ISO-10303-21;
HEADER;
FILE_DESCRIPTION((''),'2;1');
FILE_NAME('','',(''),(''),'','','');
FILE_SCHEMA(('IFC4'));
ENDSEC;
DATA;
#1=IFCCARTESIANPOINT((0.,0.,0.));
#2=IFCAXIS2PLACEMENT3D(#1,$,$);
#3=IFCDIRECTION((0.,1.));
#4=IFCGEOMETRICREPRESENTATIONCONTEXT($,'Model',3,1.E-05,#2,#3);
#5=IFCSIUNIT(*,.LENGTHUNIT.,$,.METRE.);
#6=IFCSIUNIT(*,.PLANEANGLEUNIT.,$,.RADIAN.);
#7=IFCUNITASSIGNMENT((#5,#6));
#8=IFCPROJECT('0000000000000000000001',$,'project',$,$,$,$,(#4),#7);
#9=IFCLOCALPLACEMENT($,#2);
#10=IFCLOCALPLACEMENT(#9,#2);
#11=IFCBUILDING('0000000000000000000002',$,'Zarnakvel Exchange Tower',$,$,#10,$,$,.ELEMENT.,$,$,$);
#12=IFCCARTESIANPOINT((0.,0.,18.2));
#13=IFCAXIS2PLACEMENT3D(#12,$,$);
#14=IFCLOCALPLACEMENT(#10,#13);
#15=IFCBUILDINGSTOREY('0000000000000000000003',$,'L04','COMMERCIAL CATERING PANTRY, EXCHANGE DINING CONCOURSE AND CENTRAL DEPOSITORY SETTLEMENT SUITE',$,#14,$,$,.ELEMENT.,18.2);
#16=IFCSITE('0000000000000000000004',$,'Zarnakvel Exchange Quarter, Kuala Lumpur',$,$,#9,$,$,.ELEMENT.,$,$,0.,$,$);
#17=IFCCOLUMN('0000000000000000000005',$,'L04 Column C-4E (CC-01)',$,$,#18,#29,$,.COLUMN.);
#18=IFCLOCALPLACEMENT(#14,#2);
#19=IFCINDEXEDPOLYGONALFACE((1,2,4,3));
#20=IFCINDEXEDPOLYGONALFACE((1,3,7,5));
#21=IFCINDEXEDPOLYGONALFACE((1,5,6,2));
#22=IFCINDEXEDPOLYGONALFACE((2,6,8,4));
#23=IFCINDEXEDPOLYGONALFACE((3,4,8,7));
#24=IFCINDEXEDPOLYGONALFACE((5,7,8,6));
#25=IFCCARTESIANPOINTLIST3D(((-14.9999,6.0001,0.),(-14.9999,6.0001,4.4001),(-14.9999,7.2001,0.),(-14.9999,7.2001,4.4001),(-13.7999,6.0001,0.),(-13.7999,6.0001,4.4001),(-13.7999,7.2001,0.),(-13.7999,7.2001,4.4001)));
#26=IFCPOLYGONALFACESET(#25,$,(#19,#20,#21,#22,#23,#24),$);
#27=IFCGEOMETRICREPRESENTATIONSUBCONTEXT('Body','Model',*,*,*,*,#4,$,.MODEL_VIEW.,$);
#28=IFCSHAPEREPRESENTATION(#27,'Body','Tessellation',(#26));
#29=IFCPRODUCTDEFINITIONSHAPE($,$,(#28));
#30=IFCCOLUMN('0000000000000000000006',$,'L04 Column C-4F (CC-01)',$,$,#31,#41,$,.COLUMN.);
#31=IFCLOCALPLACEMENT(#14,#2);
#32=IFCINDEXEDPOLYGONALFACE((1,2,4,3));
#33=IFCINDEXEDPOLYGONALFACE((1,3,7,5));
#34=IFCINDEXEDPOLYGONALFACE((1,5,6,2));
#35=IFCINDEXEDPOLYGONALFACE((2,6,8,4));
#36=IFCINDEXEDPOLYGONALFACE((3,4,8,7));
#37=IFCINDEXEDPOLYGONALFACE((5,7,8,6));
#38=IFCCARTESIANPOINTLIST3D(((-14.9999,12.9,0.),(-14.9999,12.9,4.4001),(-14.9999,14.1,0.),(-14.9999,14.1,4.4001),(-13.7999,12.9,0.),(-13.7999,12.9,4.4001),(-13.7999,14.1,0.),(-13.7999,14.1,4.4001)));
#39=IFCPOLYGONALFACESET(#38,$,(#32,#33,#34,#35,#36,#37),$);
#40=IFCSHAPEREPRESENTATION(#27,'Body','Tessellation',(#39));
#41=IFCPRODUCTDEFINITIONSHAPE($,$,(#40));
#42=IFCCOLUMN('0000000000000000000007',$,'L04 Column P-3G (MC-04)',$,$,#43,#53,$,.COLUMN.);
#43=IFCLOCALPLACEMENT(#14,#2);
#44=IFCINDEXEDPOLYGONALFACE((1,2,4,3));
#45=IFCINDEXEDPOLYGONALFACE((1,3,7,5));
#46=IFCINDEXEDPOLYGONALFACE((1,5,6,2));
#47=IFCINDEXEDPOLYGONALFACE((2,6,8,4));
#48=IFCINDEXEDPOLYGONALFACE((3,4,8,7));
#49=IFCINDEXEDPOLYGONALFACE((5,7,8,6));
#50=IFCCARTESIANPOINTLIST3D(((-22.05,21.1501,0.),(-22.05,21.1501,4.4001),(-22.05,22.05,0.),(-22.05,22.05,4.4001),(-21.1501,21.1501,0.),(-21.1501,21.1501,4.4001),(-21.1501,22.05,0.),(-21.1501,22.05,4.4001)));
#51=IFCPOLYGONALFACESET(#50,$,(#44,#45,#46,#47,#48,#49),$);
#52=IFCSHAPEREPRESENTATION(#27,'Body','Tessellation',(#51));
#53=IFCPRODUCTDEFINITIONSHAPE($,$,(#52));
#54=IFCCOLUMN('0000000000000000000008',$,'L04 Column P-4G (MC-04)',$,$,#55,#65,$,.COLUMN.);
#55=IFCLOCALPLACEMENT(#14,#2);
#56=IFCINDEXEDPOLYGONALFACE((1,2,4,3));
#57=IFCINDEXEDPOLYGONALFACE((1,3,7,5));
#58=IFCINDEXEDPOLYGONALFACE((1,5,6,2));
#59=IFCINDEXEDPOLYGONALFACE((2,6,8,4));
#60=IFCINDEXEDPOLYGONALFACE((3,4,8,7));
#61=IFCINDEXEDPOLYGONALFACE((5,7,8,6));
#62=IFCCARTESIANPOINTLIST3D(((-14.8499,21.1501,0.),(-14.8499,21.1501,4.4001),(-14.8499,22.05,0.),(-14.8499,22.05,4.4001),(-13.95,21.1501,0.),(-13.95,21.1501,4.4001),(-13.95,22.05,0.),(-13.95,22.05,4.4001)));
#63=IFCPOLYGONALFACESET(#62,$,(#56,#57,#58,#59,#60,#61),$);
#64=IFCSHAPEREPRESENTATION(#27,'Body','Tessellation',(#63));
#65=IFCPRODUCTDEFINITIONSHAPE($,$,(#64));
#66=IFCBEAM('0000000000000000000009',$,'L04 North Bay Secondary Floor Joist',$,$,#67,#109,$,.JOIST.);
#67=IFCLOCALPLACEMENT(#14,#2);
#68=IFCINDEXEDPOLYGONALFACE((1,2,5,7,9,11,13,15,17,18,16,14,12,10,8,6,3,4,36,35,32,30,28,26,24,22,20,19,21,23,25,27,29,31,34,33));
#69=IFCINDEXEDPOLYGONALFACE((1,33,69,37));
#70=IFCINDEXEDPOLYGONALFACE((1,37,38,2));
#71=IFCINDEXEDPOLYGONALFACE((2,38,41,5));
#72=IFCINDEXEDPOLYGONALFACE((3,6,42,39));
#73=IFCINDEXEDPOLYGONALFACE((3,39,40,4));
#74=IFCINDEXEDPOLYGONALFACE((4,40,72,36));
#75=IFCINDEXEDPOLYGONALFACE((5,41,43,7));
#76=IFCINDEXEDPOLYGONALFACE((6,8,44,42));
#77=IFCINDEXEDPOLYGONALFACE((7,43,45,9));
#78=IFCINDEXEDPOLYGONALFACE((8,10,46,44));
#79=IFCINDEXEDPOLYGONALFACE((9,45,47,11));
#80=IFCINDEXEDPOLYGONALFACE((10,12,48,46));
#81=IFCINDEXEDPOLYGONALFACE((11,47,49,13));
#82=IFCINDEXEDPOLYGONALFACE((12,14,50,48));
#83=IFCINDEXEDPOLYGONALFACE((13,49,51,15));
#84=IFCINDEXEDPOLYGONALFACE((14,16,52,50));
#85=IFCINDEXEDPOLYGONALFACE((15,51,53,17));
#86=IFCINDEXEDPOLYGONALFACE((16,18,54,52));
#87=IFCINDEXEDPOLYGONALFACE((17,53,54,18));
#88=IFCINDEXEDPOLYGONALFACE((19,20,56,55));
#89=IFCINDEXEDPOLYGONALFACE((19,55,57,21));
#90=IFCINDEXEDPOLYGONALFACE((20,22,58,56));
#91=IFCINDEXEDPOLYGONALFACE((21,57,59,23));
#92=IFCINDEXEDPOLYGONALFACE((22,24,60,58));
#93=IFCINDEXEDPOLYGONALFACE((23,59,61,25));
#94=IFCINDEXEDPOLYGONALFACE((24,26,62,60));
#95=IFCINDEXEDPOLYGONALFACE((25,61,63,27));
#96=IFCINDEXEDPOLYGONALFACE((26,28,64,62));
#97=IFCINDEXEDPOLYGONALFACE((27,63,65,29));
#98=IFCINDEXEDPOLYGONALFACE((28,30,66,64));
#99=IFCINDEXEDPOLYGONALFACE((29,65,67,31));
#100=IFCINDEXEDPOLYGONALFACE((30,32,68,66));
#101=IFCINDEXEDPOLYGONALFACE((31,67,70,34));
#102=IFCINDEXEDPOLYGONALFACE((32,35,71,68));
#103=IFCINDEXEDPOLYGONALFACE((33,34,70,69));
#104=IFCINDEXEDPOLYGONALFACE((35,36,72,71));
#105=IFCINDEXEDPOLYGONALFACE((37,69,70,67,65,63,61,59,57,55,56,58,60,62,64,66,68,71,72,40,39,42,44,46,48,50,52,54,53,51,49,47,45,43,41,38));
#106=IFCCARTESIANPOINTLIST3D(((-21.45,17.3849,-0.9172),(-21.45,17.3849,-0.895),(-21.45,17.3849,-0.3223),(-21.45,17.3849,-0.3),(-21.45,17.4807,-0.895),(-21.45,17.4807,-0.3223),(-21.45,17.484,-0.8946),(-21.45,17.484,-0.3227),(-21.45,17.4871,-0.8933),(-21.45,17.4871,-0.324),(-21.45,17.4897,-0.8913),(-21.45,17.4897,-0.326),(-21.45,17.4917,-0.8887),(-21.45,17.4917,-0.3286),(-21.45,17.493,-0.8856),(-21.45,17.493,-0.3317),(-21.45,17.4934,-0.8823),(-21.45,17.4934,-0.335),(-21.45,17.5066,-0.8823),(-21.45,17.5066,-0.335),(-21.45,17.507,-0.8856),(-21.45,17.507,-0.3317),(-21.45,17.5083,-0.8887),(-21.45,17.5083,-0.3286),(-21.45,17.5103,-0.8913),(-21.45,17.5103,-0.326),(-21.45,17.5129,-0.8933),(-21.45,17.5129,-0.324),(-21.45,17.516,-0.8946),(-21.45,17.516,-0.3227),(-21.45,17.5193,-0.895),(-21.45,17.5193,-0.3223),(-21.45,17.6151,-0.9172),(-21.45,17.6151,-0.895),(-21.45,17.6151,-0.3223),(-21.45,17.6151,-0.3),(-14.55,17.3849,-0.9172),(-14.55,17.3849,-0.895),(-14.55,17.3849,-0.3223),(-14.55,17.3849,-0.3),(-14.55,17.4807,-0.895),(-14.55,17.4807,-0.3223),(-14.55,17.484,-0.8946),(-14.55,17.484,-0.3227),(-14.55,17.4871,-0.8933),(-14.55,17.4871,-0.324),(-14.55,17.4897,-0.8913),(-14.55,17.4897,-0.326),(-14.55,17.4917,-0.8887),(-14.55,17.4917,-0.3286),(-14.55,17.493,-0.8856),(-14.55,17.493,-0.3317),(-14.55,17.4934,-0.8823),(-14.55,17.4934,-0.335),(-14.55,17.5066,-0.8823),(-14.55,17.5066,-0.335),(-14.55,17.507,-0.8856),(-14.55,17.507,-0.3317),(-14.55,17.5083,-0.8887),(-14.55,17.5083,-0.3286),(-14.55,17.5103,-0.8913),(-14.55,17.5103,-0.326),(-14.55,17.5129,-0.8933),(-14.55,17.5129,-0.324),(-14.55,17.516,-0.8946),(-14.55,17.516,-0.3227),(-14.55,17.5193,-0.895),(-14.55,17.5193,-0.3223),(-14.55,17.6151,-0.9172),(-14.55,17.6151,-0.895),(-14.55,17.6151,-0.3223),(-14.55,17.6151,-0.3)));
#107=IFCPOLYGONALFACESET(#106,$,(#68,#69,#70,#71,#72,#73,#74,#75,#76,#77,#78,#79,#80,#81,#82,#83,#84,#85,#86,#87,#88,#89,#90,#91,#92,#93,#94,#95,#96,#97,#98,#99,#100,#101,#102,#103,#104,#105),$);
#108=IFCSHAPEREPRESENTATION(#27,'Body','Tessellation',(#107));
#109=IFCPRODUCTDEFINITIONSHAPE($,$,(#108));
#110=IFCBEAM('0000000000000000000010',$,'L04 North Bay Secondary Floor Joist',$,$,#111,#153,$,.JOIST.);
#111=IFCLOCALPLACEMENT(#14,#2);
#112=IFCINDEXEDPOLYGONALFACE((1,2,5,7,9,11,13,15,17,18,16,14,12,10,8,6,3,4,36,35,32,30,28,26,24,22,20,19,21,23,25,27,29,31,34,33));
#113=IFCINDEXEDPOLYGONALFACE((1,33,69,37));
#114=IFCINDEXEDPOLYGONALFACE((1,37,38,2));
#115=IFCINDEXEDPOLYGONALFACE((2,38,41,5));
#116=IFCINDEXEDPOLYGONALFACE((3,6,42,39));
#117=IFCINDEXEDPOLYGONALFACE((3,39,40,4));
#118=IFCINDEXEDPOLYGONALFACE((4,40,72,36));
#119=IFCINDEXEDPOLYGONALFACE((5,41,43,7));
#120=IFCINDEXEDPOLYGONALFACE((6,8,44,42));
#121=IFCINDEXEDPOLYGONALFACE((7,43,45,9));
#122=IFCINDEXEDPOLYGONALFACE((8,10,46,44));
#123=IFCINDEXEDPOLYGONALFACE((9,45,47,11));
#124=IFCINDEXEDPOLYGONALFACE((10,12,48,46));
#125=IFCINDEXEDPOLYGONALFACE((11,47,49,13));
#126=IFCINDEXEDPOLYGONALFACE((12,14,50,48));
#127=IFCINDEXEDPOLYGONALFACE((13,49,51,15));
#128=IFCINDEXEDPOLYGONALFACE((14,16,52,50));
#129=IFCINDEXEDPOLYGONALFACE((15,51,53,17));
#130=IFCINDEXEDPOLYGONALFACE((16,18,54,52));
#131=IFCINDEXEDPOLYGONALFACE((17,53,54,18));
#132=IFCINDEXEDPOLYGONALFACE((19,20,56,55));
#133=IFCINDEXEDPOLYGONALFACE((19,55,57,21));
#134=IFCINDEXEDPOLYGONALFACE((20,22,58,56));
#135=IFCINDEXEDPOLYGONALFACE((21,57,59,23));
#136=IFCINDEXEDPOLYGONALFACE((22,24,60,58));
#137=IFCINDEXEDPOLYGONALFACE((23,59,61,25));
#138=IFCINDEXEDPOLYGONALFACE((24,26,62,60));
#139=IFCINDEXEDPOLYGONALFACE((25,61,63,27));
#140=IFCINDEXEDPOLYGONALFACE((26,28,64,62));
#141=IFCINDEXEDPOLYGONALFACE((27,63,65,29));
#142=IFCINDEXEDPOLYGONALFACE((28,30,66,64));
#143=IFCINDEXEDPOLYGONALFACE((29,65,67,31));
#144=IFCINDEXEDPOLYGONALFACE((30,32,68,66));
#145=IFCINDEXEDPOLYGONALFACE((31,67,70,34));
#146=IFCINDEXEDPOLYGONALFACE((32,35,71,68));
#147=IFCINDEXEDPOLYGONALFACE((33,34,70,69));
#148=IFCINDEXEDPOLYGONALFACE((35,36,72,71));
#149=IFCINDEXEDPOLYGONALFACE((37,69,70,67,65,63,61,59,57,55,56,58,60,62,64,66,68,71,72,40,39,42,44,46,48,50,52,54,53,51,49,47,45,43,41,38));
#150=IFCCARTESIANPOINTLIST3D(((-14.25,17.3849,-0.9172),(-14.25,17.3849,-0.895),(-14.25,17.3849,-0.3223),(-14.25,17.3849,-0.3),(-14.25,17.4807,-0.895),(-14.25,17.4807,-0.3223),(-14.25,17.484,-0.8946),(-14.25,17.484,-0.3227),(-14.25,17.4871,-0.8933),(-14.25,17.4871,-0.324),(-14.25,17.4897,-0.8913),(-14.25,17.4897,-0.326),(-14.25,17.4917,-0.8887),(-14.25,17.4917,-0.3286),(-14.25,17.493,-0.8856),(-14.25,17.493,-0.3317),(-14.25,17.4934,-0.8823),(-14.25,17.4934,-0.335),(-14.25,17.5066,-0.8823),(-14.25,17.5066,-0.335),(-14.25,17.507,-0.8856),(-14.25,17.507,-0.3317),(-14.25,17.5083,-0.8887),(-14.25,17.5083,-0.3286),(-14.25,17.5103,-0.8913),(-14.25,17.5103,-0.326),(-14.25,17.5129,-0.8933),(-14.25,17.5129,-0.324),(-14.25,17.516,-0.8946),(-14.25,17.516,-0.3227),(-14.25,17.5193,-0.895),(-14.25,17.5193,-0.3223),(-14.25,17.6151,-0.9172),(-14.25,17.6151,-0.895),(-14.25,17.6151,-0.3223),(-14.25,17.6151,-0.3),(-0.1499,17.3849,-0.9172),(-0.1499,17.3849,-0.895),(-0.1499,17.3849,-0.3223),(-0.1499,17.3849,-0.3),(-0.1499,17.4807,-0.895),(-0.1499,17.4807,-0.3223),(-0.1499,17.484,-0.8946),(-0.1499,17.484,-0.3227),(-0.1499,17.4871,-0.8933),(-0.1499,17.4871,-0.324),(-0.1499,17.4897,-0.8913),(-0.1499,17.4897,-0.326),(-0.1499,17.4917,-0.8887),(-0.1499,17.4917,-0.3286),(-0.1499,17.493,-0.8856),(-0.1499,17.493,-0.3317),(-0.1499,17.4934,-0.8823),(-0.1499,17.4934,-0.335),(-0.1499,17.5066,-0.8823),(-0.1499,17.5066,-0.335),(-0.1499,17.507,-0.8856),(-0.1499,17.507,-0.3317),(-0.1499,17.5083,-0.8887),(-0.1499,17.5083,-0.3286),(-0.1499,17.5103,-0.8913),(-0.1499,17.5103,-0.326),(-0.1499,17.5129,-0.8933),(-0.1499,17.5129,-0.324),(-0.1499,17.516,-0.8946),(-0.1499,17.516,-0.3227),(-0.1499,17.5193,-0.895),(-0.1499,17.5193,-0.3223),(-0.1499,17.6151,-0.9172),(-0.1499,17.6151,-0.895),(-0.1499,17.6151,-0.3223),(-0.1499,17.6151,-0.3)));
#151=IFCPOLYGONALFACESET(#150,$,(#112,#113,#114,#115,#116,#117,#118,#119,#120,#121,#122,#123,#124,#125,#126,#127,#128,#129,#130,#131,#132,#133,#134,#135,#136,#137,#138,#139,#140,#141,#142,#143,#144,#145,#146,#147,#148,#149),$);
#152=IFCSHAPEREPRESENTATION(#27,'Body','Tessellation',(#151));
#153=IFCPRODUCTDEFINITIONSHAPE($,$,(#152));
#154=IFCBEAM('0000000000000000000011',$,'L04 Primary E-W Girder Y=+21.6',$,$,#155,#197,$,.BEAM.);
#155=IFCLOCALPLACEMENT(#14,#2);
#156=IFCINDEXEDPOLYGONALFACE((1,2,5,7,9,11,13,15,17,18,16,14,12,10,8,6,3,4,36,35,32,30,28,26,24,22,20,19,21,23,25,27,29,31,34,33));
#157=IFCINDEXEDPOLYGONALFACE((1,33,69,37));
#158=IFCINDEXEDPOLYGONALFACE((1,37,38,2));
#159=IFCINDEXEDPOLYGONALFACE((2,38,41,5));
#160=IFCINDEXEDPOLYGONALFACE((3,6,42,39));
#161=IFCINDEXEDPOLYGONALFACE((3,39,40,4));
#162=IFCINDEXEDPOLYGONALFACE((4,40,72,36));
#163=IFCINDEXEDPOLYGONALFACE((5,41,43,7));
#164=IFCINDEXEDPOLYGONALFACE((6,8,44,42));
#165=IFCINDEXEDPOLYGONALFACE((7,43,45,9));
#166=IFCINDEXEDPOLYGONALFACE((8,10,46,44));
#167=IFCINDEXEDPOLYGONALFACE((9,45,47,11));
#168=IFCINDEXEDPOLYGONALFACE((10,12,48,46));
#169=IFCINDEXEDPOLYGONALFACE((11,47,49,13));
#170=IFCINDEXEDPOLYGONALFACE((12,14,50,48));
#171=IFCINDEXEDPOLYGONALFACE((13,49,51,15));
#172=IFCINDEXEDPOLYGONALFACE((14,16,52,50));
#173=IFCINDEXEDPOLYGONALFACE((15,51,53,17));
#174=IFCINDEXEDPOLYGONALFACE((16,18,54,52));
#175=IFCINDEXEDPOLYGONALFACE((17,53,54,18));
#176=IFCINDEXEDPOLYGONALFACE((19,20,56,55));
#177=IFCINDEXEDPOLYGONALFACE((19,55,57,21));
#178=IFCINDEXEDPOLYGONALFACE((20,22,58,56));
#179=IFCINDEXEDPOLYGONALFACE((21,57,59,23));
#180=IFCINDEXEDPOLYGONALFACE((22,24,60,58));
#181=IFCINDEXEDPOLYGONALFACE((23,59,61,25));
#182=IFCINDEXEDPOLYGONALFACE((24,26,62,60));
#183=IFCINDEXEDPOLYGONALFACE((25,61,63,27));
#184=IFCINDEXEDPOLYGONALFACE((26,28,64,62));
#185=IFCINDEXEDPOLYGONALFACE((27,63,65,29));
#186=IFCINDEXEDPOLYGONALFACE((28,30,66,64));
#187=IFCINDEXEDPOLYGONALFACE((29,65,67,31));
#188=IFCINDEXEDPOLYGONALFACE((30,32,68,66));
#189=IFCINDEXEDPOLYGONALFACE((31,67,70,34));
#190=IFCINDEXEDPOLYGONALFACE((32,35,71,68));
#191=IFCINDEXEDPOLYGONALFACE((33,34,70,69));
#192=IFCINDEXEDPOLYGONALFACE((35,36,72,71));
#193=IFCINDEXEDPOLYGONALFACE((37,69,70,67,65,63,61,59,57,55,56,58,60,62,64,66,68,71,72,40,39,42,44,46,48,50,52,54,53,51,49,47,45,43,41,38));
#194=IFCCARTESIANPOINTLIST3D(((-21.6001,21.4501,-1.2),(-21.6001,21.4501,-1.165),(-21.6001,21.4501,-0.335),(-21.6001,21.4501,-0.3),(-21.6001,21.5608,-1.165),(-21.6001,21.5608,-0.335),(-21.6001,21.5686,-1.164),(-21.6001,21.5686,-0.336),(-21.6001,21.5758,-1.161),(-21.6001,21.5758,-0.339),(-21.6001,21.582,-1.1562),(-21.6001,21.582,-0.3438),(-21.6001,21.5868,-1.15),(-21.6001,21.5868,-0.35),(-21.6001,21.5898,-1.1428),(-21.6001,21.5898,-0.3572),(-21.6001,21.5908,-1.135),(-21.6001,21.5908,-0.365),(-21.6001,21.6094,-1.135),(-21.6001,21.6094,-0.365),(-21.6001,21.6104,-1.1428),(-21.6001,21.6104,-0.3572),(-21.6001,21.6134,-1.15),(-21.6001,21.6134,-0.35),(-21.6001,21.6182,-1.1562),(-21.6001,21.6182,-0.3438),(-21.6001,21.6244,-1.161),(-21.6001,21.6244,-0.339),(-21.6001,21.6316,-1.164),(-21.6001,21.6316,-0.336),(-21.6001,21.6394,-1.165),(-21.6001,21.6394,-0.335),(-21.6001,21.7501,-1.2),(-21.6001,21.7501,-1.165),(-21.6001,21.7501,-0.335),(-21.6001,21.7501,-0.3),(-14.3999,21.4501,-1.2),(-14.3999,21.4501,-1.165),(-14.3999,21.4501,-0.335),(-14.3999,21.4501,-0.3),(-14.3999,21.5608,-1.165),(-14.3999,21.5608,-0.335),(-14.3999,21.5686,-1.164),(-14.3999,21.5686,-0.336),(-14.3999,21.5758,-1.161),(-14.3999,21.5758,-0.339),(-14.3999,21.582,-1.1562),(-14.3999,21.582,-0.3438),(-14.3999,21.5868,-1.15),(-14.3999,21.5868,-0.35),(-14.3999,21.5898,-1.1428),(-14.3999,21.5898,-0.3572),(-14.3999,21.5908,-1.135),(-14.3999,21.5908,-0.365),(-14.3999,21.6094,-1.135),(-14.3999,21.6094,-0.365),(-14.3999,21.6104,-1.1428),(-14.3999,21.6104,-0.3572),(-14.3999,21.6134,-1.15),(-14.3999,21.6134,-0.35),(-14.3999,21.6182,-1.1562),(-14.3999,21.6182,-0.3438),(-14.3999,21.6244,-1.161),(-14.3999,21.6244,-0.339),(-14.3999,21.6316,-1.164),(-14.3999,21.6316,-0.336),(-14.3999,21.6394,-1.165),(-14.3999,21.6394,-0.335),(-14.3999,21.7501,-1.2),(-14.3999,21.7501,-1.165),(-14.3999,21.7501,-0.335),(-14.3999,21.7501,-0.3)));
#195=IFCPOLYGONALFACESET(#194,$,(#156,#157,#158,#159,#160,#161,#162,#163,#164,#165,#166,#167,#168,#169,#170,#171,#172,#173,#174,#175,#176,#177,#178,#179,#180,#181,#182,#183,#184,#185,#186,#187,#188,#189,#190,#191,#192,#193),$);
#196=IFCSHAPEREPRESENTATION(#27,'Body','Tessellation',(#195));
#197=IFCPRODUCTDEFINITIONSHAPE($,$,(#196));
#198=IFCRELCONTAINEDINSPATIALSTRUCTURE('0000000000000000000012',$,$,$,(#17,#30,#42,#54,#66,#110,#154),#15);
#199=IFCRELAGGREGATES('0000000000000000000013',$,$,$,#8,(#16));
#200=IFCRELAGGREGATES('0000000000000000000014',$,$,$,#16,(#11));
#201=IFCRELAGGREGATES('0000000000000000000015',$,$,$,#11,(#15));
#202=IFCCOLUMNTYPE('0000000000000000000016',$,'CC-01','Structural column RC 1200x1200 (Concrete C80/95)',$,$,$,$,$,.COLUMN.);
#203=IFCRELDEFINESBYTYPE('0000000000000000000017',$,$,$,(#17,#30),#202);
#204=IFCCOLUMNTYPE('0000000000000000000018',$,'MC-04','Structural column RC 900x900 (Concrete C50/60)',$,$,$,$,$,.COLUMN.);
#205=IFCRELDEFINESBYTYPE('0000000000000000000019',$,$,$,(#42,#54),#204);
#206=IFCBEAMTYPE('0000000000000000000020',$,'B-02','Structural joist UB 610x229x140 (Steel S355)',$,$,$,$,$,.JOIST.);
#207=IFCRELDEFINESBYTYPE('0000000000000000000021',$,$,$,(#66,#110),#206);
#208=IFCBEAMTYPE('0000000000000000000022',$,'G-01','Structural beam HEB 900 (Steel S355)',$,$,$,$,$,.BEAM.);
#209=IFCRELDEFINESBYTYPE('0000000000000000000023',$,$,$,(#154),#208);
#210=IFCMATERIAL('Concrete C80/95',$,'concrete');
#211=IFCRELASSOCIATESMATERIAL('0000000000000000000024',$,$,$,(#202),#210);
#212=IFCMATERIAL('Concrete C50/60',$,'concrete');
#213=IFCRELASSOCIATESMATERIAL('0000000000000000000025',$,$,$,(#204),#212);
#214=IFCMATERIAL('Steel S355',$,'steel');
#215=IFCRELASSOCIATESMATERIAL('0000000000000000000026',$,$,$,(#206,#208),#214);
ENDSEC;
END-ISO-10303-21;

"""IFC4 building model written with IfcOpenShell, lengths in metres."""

from ifc_helpers import new_model, si_unit, direction, frame, origin, origin_2d, place, context, subcontext, project, spatial, rectangle, i_section, extrude, material, material_profile, profile_set, type_object, element, save


model = new_model("IFC4")

# Units and contexts
model_context = context("Model", 3, precision=1e-05, world=origin(), true_north=direction((0.0, 1.0)))
body_context = subcontext(model_context, "Body", "Model", "MODEL_VIEW")
ifc_project = project(units=[si_unit("LENGTHUNIT", "METRE"), si_unit("PLANEANGLEUNIT", "RADIAN")], contexts=[model_context])

# Site, building, storey
site_placement = place(None, origin())
site = spatial("IfcSite", under=ifc_project, at=site_placement, Name="Zarnakvel Exchange Quarter, Kuala Lumpur", CompositionType="ELEMENT", RefElevation=0.0)
building_placement = place(site_placement, origin())
building = spatial("IfcBuilding", under=site, at=building_placement, Name="Zarnakvel Exchange Tower", CompositionType="ELEMENT")
storey_placement = place(building_placement, frame((0.0, 0.0, 18.2)))
storey = spatial("IfcBuildingStorey", under=building, at=storey_placement, Name="L04", Description="COMMERCIAL CATERING PANTRY, EXCHANGE DINING CONCOURSE AND CENTRAL DEPOSITORY SETTLEMENT SUITE", CompositionType="ELEMENT", Elevation=18.2)

# Columns
ifc_material_1 = material(Name="Concrete C80/95", Category="concrete")
ifc_material_profile_1 = material_profile(ifc_material_1, rectangle(XDim=1.2, YDim=1.2, at=origin_2d()))
ifc_profile_set_1 = profile_set([ifc_material_profile_1], Name="Concrete C80/95")
column_type_1 = type_object("IfcColumnType", Name="CC-01", Description="Structural column RC 1200x1200 (Concrete C80/95)", PredefinedType="COLUMN", material=ifc_profile_set_1)
for number, where, z_axis, x_axis, name in (
    (1, (-14.3999, 6.6001, 0.0), (0.0, 0.0, 1.0), (1.0, 0.0, 0.0), "L04 Column C-4E (CC-01)"),
    (2, (-14.3999, 13.5, 0.0), (0.0, 0.0, 1.0), (1.0, 0.0, 0.0), "L04 Column C-4F (CC-01)"),
):
    element("IfcColumn", number, at=place(storey_placement, frame(where, z_axis=z_axis, x_axis=x_axis)), inside=storey, type_object=column_type_1, Name=name, PredefinedType="COLUMN", context=body_context, shape_type="SweptSolid", body=[
        extrude(rectangle(XDim=1.2, YDim=1.2, at=origin_2d()), origin(), (0.0, 0.0, 1.0), 4.4001),
    ])
ifc_material_2 = material(Name="Concrete C50/60", Category="concrete")
ifc_material_profile_2 = material_profile(ifc_material_2, rectangle(XDim=0.8999, YDim=0.8999, at=origin_2d()))
ifc_profile_set_2 = profile_set([ifc_material_profile_2], Name="Concrete C50/60")
column_type_2 = type_object("IfcColumnType", Name="MC-04", Description="Structural column RC 900x900 (Concrete C50/60)", PredefinedType="COLUMN", material=ifc_profile_set_2)
for number, where, z_axis, x_axis, name in (
    (3, (-21.6001, 21.6001, 0.0), (0.0, 0.0, 1.0), (1.0, 0.0, 0.0), "L04 Column P-3G (MC-04)"),
    (4, (-14.3999, 21.6001, 0.0), (0.0, 0.0, 1.0), (1.0, 0.0, 0.0), "L04 Column P-4G (MC-04)"),
):
    element("IfcColumn", number, at=place(storey_placement, frame(where, z_axis=z_axis, x_axis=x_axis)), inside=storey, type_object=column_type_2, Name=name, PredefinedType="COLUMN", context=body_context, shape_type="SweptSolid", body=[
        extrude(rectangle(XDim=0.8999, YDim=0.8999, at=origin_2d()), origin(), (0.0, 0.0, 1.0), 4.4001),
    ])

# Beams
ifc_material_3 = material(Name="Steel S355", Category="steel")
ifc_material_profile_3 = material_profile(ifc_material_3, i_section(OverallWidth=0.2302, OverallDepth=0.6172, WebThickness=0.0132, FlangeThickness=0.0222, FilletRadius=0.0127, at=origin_2d()))
ifc_profile_set_3 = profile_set([ifc_material_profile_3], Name="Steel S355")
beam_type_1 = type_object("IfcBeamType", Name="B-02", Description="Structural joist UB 610x229x140 (Steel S355)", PredefinedType="JOIST", material=ifc_profile_set_3)
beam_1_placement = place(storey_placement, frame((-21.45, 17.5, -0.6086), z_axis=(1.0, 0.0, 0.0), x_axis=(0.0, 1.0, 0.0)))
element("IfcBeam", 5, at=beam_1_placement, inside=storey, type_object=beam_type_1, Name="L04 North Bay Secondary Floor Joist", PredefinedType="JOIST", context=body_context, shape_type="SweptSolid", body=[
    extrude(i_section(OverallWidth=0.2302, OverallDepth=0.6172, WebThickness=0.0132, FlangeThickness=0.0222, FilletRadius=0.0127, at=origin_2d()), origin(), (0.0, 0.0, 1.0), 6.8999),
])
beam_2_placement = place(storey_placement, frame((-14.25, 17.5, -0.6086), z_axis=(1.0, 0.0, 0.0), x_axis=(0.0, 1.0, 0.0)))
element("IfcBeam", 6, at=beam_2_placement, inside=storey, type_object=beam_type_1, Name="L04 North Bay Secondary Floor Joist", PredefinedType="JOIST", context=body_context, shape_type="SweptSolid", body=[
    extrude(i_section(OverallWidth=0.2302, OverallDepth=0.6172, WebThickness=0.0132, FlangeThickness=0.0222, FilletRadius=0.0127, at=origin_2d()), origin(), (0.0, 0.0, 1.0), 14.1001),
])
ifc_material_profile_4 = material_profile(ifc_material_3, i_section(OverallWidth=0.3, OverallDepth=0.8999, WebThickness=0.0186, FlangeThickness=0.0349, FilletRadius=0.03, at=origin_2d()))
ifc_profile_set_4 = profile_set([ifc_material_profile_4], Name="Steel S355")
beam_type_2 = type_object("IfcBeamType", Name="G-01", Description="Structural beam HEB 900 (Steel S355)", PredefinedType="BEAM", material=ifc_profile_set_4)
beam_3_placement = place(storey_placement, frame((-21.6001, 21.6001, -0.75), z_axis=(1.0, 0.0, 0.0), x_axis=(0.0, 1.0, 0.0)))
element("IfcBeam", 7, at=beam_3_placement, inside=storey, type_object=beam_type_2, Name="L04 Primary E-W Girder Y=+21.6", PredefinedType="BEAM", context=body_context, shape_type="SweptSolid", body=[
    extrude(i_section(OverallWidth=0.3, OverallDepth=0.8999, WebThickness=0.0186, FlangeThickness=0.0349, FilletRadius=0.03, at=origin_2d()), origin(), (0.0, 0.0, 1.0), 7.2002),
])

save(model, "model.ifc")
